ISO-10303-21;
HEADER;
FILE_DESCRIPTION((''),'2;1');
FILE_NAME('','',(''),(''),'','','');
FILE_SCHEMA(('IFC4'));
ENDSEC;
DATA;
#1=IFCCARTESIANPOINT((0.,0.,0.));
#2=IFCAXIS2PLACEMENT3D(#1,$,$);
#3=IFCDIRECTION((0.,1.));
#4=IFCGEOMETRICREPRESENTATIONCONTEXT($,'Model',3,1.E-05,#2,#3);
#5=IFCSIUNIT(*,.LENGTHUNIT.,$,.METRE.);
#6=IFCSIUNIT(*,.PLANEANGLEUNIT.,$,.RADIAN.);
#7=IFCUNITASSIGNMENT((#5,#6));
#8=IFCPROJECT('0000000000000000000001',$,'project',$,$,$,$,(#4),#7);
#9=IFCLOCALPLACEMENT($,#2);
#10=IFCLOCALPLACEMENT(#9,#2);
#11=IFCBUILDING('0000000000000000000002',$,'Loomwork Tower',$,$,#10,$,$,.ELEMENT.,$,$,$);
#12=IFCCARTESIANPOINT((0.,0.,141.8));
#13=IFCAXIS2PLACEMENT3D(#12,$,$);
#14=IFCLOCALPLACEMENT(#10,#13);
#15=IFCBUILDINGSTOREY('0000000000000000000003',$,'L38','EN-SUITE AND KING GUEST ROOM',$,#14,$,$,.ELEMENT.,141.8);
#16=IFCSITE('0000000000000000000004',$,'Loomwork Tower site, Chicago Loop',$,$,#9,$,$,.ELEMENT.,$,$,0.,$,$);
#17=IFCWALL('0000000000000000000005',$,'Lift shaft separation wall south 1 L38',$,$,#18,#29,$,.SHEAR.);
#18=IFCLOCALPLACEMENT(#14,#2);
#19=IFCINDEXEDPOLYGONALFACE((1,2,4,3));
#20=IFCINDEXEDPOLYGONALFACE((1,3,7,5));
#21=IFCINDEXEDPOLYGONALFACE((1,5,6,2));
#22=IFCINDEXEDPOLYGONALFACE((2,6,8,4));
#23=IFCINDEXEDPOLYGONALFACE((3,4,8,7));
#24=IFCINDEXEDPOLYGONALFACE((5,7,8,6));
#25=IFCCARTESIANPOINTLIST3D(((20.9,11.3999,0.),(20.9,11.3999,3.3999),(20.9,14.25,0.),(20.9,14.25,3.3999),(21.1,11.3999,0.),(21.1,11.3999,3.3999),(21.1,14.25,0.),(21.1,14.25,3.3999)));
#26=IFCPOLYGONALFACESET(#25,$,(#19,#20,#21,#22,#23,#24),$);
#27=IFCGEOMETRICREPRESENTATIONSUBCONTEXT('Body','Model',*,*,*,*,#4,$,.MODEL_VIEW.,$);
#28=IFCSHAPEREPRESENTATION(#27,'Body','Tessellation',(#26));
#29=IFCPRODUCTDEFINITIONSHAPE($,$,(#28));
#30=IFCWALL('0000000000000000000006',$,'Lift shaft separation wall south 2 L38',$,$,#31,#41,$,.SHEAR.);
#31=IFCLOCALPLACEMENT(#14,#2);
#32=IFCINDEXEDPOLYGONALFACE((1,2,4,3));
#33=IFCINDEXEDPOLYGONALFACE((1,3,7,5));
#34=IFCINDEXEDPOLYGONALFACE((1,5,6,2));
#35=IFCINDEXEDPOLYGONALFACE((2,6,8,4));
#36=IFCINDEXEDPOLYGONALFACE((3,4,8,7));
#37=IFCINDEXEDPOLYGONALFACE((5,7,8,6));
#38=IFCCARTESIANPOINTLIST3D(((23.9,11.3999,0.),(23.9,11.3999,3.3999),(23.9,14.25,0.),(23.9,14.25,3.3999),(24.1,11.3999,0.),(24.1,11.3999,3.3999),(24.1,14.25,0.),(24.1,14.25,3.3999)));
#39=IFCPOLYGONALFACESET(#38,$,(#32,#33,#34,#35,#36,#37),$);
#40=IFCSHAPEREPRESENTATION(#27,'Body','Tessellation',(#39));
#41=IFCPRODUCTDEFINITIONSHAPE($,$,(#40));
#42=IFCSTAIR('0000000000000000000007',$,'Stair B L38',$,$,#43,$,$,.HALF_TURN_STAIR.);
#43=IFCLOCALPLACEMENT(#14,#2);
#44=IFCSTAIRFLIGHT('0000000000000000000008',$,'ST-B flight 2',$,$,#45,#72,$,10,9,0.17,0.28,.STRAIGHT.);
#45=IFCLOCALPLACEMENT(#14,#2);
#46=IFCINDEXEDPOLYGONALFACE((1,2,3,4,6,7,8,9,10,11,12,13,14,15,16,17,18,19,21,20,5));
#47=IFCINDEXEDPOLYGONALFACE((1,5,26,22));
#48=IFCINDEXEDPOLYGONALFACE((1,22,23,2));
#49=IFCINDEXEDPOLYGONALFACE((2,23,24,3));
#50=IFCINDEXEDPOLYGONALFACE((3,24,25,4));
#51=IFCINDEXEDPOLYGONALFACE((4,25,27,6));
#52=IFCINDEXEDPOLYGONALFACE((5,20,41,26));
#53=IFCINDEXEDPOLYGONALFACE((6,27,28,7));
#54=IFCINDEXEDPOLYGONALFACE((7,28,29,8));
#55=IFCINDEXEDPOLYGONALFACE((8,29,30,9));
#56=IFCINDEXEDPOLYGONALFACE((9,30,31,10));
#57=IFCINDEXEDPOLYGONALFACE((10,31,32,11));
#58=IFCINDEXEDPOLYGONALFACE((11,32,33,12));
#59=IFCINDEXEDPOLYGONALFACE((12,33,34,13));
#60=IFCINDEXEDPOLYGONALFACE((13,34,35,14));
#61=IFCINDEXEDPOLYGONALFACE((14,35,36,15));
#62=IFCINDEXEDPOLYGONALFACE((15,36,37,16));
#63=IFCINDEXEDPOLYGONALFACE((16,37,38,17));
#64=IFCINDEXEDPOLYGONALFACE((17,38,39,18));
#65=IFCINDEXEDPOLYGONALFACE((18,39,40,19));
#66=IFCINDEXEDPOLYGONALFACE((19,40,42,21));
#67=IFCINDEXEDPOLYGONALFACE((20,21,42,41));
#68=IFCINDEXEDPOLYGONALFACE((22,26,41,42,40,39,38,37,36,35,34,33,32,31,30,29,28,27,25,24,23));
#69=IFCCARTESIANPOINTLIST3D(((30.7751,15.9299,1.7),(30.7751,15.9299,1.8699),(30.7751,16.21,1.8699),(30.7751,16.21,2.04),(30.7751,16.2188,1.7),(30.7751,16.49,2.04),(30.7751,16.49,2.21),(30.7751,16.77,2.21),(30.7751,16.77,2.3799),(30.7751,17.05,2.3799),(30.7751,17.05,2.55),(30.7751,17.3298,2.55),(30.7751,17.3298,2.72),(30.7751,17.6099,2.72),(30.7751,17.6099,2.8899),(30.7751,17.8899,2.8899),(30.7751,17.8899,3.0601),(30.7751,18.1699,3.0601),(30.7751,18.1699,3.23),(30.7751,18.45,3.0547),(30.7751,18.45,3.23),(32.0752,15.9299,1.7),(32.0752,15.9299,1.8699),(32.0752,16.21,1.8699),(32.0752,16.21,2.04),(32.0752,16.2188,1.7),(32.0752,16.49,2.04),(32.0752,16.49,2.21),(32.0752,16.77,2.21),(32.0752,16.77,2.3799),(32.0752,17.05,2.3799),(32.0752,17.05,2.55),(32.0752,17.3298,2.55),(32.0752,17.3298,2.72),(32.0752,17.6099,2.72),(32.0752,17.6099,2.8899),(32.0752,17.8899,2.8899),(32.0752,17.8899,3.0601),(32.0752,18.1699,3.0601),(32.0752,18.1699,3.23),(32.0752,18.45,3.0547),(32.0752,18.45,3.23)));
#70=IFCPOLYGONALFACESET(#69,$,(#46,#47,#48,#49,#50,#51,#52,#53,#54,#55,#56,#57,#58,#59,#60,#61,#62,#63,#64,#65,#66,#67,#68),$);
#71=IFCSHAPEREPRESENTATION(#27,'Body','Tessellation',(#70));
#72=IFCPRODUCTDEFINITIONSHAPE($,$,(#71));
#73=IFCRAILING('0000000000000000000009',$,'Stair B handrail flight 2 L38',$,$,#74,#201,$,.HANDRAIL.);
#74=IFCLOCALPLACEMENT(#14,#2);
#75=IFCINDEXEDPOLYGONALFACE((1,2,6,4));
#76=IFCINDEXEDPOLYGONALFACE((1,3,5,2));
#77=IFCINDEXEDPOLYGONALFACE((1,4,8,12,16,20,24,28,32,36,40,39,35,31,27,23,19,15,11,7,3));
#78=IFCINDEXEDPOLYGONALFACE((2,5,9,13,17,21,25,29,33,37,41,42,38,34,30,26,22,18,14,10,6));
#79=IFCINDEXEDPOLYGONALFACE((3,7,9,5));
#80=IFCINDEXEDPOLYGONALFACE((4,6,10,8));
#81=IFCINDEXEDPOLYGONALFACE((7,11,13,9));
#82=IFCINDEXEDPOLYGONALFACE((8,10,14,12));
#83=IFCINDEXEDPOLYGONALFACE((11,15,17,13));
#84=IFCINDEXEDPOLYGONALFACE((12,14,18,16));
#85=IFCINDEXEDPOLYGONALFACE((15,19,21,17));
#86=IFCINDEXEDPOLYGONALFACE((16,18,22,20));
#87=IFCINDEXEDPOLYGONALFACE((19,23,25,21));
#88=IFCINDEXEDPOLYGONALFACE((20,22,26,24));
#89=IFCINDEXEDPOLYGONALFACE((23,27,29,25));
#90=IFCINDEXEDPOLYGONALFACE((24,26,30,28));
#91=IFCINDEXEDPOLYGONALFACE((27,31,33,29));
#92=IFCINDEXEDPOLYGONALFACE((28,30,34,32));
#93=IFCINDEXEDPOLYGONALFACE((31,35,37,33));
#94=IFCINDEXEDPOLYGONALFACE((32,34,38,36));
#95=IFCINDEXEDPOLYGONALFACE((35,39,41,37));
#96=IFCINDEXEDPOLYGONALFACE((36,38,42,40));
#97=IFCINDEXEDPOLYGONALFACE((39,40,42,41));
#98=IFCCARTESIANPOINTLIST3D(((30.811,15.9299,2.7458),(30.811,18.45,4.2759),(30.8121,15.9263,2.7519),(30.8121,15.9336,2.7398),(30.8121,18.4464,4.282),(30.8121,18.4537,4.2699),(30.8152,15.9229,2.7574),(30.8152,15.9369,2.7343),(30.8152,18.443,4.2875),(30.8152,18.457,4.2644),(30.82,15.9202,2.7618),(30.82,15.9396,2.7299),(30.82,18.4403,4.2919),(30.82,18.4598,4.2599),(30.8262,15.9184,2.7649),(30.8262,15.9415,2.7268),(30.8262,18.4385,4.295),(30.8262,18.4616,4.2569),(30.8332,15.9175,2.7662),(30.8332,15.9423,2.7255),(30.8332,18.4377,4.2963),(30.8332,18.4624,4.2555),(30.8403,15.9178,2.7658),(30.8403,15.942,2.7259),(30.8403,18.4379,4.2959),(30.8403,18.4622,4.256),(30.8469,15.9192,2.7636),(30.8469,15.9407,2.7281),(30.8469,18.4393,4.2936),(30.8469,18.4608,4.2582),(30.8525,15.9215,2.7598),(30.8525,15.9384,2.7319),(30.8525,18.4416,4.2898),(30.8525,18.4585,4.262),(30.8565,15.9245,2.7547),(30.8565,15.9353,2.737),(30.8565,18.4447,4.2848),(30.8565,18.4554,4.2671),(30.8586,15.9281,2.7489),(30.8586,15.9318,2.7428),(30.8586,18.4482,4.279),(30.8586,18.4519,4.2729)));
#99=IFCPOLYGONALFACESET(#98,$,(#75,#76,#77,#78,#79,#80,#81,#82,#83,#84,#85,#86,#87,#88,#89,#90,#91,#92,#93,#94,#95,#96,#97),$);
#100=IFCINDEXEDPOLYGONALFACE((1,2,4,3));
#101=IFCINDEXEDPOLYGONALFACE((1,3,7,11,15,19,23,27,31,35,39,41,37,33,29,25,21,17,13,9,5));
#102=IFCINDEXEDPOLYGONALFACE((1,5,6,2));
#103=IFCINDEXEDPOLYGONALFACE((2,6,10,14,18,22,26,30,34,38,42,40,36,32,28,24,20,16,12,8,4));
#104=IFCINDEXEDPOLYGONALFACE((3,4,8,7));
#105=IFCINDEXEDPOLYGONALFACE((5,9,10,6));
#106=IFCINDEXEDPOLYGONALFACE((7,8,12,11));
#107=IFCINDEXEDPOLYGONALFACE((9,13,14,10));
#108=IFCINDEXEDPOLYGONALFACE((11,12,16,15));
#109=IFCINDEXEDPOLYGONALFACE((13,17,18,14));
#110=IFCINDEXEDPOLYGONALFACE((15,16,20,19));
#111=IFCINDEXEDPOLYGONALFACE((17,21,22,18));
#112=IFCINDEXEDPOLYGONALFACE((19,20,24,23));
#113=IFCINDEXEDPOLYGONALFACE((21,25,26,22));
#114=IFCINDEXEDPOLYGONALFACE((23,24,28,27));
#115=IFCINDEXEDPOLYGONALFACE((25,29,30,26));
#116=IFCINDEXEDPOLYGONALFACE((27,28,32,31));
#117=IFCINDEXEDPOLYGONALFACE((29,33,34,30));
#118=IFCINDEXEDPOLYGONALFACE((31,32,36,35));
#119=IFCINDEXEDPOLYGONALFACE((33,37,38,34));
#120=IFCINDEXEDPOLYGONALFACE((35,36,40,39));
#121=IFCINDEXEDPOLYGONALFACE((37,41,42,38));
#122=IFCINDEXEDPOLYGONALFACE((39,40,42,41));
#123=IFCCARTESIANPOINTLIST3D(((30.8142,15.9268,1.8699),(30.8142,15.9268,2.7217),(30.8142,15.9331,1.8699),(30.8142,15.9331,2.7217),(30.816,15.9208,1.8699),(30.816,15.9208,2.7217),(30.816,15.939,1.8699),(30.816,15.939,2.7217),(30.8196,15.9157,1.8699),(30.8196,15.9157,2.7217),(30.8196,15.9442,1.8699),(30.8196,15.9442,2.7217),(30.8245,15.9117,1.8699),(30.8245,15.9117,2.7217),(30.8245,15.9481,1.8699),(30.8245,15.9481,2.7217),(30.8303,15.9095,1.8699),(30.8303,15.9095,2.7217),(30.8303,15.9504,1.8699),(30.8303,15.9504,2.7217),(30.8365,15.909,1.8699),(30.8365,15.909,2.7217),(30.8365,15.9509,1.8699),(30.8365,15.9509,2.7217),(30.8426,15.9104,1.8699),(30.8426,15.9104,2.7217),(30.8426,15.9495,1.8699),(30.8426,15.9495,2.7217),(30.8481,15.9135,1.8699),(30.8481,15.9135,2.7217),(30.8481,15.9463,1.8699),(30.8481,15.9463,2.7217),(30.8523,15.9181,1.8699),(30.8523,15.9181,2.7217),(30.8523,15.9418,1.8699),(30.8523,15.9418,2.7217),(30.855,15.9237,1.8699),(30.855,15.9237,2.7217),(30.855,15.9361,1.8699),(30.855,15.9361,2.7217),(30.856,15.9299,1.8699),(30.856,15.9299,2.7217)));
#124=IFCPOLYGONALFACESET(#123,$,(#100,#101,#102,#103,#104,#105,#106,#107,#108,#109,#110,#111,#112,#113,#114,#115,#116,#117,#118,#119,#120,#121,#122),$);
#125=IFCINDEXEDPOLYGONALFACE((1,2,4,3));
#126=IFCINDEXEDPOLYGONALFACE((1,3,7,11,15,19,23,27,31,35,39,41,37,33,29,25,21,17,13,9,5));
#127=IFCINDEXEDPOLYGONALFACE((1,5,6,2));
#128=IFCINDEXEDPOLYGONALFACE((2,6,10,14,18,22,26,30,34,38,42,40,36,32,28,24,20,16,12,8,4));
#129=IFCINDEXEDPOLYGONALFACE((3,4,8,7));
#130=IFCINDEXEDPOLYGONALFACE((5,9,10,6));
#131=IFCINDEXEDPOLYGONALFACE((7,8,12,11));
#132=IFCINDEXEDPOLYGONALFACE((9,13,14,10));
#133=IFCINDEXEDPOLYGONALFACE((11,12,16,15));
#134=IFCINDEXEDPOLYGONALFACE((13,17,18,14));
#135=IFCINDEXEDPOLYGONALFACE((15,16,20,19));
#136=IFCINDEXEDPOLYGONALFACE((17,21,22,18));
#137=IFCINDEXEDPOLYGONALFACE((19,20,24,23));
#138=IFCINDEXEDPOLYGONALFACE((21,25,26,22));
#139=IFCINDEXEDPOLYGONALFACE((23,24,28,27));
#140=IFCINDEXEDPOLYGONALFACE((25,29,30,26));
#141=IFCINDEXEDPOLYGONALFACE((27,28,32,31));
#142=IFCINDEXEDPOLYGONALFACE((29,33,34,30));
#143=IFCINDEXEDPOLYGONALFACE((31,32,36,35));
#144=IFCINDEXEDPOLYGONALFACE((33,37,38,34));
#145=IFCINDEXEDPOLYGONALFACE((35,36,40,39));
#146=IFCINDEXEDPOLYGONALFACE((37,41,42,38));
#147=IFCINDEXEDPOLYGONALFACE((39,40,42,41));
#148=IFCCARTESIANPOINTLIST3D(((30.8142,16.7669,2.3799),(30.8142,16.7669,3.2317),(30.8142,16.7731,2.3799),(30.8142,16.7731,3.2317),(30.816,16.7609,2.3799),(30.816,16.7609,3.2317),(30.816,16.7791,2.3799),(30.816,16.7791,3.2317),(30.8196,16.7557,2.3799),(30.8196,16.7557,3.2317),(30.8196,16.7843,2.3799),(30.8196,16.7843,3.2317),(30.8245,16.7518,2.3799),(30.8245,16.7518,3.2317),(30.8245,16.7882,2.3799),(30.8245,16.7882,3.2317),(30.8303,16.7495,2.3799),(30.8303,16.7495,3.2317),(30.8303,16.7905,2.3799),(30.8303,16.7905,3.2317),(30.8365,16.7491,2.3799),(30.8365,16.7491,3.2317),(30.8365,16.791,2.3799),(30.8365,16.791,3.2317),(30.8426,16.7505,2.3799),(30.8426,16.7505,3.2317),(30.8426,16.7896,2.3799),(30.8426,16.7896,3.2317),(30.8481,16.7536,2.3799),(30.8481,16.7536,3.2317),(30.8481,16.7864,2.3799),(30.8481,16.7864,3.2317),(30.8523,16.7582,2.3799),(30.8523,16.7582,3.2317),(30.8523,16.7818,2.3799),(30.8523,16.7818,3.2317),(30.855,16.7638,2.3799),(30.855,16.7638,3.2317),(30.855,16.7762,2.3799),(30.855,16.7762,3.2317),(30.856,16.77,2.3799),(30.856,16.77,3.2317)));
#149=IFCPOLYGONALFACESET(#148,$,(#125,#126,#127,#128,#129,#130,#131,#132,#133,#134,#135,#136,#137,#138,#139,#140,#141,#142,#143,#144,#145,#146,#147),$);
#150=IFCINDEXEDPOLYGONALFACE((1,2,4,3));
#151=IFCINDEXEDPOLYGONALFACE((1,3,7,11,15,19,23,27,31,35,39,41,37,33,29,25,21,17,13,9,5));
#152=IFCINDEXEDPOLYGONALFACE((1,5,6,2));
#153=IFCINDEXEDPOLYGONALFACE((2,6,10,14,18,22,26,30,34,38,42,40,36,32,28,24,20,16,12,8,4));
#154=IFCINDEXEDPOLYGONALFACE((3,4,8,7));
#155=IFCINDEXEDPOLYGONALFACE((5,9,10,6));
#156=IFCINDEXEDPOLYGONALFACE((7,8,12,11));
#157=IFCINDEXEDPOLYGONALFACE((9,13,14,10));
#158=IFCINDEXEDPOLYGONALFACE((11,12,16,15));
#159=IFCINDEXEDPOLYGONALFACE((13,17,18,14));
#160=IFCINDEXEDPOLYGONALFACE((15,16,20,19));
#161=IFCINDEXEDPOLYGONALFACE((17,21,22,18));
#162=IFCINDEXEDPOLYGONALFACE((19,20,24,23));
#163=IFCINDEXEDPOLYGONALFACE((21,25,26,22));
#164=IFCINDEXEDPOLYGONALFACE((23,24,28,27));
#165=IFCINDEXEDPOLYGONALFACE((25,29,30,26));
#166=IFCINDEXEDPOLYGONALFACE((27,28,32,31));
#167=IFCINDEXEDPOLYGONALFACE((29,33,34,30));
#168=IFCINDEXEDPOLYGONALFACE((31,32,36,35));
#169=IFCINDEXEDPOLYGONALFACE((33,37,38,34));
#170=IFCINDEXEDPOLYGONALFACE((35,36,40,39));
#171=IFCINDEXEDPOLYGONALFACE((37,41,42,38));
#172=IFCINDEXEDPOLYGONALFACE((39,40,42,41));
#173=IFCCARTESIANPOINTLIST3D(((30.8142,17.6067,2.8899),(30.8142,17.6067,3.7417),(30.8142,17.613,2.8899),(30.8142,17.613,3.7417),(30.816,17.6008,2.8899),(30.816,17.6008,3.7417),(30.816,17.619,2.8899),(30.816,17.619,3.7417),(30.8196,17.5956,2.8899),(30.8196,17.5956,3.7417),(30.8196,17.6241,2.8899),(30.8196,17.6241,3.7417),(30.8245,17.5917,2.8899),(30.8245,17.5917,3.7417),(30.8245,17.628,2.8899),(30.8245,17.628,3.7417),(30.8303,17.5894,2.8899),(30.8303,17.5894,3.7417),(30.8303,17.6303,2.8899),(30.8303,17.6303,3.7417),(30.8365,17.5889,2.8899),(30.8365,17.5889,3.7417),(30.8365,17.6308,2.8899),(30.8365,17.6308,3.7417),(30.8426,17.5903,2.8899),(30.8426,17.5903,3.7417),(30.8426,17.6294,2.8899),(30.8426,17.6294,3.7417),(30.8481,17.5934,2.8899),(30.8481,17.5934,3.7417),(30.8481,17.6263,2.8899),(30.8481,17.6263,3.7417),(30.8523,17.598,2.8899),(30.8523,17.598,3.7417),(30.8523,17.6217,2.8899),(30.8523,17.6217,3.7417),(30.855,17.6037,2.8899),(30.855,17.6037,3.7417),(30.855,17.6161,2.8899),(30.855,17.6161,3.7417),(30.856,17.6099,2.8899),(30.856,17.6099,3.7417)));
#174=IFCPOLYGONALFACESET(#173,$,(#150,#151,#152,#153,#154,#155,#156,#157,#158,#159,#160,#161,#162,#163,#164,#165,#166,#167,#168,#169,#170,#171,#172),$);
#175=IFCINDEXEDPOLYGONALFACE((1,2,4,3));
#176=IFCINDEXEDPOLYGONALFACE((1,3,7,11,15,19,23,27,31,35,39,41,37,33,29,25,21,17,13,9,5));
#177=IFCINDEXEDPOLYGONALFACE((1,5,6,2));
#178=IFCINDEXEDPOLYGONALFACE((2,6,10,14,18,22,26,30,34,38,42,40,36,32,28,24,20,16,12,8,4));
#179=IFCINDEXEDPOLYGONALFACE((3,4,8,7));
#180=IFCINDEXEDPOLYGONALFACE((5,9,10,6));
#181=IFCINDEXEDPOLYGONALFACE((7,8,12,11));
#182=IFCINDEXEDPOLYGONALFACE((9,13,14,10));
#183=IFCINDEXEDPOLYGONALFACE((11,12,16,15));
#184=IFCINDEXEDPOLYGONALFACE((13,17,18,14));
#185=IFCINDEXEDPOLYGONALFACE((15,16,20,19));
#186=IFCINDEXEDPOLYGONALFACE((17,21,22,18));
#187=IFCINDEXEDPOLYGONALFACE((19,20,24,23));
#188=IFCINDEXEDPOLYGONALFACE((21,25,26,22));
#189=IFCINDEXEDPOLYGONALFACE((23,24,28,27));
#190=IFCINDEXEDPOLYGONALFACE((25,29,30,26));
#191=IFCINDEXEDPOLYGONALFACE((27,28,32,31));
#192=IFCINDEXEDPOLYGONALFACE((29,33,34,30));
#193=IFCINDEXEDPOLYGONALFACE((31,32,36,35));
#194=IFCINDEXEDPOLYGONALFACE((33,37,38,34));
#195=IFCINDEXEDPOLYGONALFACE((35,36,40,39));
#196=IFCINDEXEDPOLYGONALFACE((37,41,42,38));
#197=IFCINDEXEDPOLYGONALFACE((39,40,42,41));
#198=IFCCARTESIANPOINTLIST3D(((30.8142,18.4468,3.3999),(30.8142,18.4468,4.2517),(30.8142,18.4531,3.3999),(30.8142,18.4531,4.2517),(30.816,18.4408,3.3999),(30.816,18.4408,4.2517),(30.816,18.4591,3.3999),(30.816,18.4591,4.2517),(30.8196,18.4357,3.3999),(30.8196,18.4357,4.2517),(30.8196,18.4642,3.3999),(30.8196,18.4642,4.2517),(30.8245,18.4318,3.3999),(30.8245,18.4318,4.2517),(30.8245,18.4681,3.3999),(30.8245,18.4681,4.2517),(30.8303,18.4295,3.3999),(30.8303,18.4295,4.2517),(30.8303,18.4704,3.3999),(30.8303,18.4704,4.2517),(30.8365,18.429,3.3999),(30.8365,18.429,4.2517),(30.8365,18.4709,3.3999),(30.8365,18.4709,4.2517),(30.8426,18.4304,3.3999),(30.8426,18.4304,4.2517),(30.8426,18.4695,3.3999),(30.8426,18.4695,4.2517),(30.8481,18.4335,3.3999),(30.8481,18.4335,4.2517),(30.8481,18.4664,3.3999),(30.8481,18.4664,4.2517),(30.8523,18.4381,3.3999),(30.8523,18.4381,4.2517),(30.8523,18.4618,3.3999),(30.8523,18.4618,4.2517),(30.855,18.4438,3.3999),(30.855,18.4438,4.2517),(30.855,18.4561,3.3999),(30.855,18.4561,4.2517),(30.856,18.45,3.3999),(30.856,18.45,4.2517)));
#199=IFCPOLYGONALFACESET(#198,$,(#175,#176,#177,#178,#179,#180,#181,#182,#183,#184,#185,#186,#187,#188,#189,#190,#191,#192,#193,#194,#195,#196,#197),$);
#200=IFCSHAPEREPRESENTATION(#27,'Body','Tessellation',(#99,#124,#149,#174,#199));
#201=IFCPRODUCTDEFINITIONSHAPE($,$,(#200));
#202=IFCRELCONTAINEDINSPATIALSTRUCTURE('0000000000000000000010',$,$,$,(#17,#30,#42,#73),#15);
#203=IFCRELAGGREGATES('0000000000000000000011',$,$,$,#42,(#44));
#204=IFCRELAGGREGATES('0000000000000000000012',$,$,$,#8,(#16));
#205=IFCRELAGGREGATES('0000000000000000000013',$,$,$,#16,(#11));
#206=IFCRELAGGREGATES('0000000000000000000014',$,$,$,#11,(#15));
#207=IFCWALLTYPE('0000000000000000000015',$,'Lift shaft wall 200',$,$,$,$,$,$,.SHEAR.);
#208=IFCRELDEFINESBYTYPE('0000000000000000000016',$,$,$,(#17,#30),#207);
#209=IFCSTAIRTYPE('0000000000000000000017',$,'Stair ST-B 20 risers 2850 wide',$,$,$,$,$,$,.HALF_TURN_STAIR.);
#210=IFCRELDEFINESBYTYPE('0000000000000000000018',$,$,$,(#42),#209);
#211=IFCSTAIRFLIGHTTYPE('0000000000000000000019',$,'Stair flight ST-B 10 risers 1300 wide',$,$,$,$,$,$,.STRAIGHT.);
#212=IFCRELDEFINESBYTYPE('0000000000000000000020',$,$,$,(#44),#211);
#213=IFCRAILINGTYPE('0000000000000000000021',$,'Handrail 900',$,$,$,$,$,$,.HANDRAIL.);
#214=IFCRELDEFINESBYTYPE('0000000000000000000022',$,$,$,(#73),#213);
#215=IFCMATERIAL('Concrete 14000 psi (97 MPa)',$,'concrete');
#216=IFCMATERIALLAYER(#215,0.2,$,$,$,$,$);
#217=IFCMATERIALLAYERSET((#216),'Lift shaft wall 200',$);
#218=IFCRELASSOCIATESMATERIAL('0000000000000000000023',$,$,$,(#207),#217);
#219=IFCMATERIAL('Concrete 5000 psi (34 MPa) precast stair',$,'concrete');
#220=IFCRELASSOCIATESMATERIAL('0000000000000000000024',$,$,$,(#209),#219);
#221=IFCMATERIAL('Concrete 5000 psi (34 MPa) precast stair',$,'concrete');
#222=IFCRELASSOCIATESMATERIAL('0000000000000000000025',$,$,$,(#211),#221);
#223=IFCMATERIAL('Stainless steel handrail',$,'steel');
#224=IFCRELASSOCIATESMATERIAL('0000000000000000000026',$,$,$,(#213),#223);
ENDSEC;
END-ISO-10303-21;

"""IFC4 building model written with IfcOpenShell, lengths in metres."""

from ifc_helpers import new_model, si_unit, direction, frame, frame_2d, origin, origin_2d, place, context, subcontext, project, spatial, polyline, rectangle, circle, outline, extrude, material, layer, layer_set, type_object, element, aggregate, save


model = new_model("IFC4")

# Units and contexts
model_context = context("Model", 3, precision=1e-05, world=origin(), true_north=direction((0.0, 1.0)))
body_context = subcontext(model_context, "Body", "Model", "MODEL_VIEW")
ifc_project = project(units=[si_unit("LENGTHUNIT", "METRE"), si_unit("PLANEANGLEUNIT", "RADIAN")], contexts=[model_context])

# Site, building, storey
site_placement = place(None, origin())
site = spatial("IfcSite", under=ifc_project, at=site_placement, Name="Loomwork Tower site, Chicago Loop", CompositionType="ELEMENT", RefElevation=0.0)
building_placement = place(site_placement, origin())
building = spatial("IfcBuilding", under=site, at=building_placement, Name="Loomwork Tower", CompositionType="ELEMENT")
storey_placement = place(building_placement, frame((0.0, 0.0, 141.8)))
storey = spatial("IfcBuildingStorey", under=building, at=storey_placement, Name="L38", Description="EN-SUITE AND KING GUEST ROOM", CompositionType="ELEMENT", Elevation=141.8)

# Walls
ifc_material_1 = material(Name="Concrete 14000 psi (97 MPa)", Category="concrete")
ifc_layer_1 = layer(ifc_material_1, 0.2)
ifc_layer_set_1 = layer_set([ifc_layer_1], Name="Lift shaft wall 200")
wall_type_1 = type_object("IfcWallType", Name="Lift shaft wall 200", PredefinedType="SHEAR", material=ifc_layer_set_1)
for number, where, z_axis, x_axis, name in (
    (1, (21.0, 11.3999, 0.0), (0.0, 0.0, 1.0), (0.0, 1.0, 0.0), "Lift shaft separation wall south 1 L38"),
    (2, (24.0, 11.3999, 0.0), (0.0, 0.0, 1.0), (0.0, 1.0, 0.0), "Lift shaft separation wall south 2 L38"),
):
    element("IfcWall", number, at=place(storey_placement, frame(where, z_axis=z_axis, x_axis=x_axis)), inside=storey, type_object=wall_type_1, Name=name, PredefinedType="SHEAR", context=body_context, shape_type="SweptSolid", body=[
        extrude(rectangle(XDim=2.8501, YDim=0.2, at=frame_2d((1.425, 0.0))), origin(), (0.0, 0.0, 1.0), 3.3999),
    ])

# Stair, stair flight
ifc_material_2 = material(Name="Concrete 5000 psi (34 MPa) precast stair", Category="concrete")
stair_type = type_object("IfcStairType", Name="Stair ST-B 20 risers 2850 wide", PredefinedType="HALF_TURN_STAIR", material=ifc_material_2)
stair_placement = place(storey_placement, origin())
stair = element("IfcStair", 3, at=stair_placement, inside=storey, type_object=stair_type, Name="Stair B L38", PredefinedType="HALF_TURN_STAIR")
ifc_material_3 = material(Name="Concrete 5000 psi (34 MPa) precast stair", Category="concrete")
stair_flight_type = type_object("IfcStairFlightType", Name="Stair flight ST-B 10 risers 1300 wide", PredefinedType="STRAIGHT", material=ifc_material_3)
stair_flight_placement = place(storey_placement, frame((31.425, 15.9299, 1.7), z_axis=(0.0, 0.0, 1.0), x_axis=(0.0, 1.0, 0.0)))
stair_flight = element("IfcStairFlight", 4, at=stair_flight_placement, type_object=stair_flight_type, Name="ST-B flight 2", NumberOfRisers=10, NumberOfTreads=9, PredefinedType="STRAIGHT", RiserHeight=0.17, TreadLength=0.28, context=body_context, shape_type="SweptSolid", body=[
    extrude(outline(polyline([(0.0, 0.0), (0.0, 0.1699), (0.28, 0.1699), (0.28, 0.3401), (0.5601, 0.3401), (0.5601, 0.51), (0.8401, 0.51), (0.8401, 0.6799), (1.1201, 0.6799), (1.1201, 0.8501), (1.3999, 0.8501), (1.3999, 1.02), (1.6799, 1.02), (1.6799, 1.1899), (1.96, 1.1899), (1.96, 1.3601), (2.24, 1.3601), (2.24, 1.53), (2.52, 1.53), (2.52, 1.7), (2.52, 1.3547), (0.2888, 0.0), (0.0, 0.0)])), frame((0.0, 0.6499, 0.0), z_axis=(0.0, -1.0, 0.0), x_axis=(1.0, 0.0, 0.0)), (0.0, 0.0, 1.0), 1.3),
])
aggregate(stair, [stair_flight])

# Railing
ifc_material_4 = material(Name="Stainless steel handrail", Category="steel")
railing_type = type_object("IfcRailingType", Name="Handrail 900", PredefinedType="HANDRAIL", material=ifc_material_4)
railing_placement = place(storey_placement, frame((30.835, 15.9299, 1.8699)))
element("IfcRailing", 5, at=railing_placement, inside=storey, type_object=railing_type, Name="Stair B handrail flight 2 L38", PredefinedType="HANDRAIL", context=body_context, shape_type="SweptSolid", body=[
    extrude(circle(Radius=0.0239, at=origin_2d()), frame((0.0, 0.0, 0.876), z_axis=(0.0, 0.854785, 0.518982), x_axis=(-1.0, 0.0, 0.0)), (0.0, 0.0, 1.0), 2.9482),
    extrude(circle(Radius=0.021, at=origin_2d()), origin(), (0.0, 0.0, 1.0), 0.8518),
    extrude(circle(Radius=0.021, at=origin_2d()), frame((0.0, 0.8401, 0.51)), (0.0, 0.0, 1.0), 0.8518),
    extrude(circle(Radius=0.021, at=origin_2d()), frame((0.0, 1.6799, 1.02)), (0.0, 0.0, 1.0), 0.8518),
    extrude(circle(Radius=0.021, at=origin_2d()), frame((0.0, 2.52, 1.53)), (0.0, 0.0, 1.0), 0.8518),
])

save(model, "model.ifc")
